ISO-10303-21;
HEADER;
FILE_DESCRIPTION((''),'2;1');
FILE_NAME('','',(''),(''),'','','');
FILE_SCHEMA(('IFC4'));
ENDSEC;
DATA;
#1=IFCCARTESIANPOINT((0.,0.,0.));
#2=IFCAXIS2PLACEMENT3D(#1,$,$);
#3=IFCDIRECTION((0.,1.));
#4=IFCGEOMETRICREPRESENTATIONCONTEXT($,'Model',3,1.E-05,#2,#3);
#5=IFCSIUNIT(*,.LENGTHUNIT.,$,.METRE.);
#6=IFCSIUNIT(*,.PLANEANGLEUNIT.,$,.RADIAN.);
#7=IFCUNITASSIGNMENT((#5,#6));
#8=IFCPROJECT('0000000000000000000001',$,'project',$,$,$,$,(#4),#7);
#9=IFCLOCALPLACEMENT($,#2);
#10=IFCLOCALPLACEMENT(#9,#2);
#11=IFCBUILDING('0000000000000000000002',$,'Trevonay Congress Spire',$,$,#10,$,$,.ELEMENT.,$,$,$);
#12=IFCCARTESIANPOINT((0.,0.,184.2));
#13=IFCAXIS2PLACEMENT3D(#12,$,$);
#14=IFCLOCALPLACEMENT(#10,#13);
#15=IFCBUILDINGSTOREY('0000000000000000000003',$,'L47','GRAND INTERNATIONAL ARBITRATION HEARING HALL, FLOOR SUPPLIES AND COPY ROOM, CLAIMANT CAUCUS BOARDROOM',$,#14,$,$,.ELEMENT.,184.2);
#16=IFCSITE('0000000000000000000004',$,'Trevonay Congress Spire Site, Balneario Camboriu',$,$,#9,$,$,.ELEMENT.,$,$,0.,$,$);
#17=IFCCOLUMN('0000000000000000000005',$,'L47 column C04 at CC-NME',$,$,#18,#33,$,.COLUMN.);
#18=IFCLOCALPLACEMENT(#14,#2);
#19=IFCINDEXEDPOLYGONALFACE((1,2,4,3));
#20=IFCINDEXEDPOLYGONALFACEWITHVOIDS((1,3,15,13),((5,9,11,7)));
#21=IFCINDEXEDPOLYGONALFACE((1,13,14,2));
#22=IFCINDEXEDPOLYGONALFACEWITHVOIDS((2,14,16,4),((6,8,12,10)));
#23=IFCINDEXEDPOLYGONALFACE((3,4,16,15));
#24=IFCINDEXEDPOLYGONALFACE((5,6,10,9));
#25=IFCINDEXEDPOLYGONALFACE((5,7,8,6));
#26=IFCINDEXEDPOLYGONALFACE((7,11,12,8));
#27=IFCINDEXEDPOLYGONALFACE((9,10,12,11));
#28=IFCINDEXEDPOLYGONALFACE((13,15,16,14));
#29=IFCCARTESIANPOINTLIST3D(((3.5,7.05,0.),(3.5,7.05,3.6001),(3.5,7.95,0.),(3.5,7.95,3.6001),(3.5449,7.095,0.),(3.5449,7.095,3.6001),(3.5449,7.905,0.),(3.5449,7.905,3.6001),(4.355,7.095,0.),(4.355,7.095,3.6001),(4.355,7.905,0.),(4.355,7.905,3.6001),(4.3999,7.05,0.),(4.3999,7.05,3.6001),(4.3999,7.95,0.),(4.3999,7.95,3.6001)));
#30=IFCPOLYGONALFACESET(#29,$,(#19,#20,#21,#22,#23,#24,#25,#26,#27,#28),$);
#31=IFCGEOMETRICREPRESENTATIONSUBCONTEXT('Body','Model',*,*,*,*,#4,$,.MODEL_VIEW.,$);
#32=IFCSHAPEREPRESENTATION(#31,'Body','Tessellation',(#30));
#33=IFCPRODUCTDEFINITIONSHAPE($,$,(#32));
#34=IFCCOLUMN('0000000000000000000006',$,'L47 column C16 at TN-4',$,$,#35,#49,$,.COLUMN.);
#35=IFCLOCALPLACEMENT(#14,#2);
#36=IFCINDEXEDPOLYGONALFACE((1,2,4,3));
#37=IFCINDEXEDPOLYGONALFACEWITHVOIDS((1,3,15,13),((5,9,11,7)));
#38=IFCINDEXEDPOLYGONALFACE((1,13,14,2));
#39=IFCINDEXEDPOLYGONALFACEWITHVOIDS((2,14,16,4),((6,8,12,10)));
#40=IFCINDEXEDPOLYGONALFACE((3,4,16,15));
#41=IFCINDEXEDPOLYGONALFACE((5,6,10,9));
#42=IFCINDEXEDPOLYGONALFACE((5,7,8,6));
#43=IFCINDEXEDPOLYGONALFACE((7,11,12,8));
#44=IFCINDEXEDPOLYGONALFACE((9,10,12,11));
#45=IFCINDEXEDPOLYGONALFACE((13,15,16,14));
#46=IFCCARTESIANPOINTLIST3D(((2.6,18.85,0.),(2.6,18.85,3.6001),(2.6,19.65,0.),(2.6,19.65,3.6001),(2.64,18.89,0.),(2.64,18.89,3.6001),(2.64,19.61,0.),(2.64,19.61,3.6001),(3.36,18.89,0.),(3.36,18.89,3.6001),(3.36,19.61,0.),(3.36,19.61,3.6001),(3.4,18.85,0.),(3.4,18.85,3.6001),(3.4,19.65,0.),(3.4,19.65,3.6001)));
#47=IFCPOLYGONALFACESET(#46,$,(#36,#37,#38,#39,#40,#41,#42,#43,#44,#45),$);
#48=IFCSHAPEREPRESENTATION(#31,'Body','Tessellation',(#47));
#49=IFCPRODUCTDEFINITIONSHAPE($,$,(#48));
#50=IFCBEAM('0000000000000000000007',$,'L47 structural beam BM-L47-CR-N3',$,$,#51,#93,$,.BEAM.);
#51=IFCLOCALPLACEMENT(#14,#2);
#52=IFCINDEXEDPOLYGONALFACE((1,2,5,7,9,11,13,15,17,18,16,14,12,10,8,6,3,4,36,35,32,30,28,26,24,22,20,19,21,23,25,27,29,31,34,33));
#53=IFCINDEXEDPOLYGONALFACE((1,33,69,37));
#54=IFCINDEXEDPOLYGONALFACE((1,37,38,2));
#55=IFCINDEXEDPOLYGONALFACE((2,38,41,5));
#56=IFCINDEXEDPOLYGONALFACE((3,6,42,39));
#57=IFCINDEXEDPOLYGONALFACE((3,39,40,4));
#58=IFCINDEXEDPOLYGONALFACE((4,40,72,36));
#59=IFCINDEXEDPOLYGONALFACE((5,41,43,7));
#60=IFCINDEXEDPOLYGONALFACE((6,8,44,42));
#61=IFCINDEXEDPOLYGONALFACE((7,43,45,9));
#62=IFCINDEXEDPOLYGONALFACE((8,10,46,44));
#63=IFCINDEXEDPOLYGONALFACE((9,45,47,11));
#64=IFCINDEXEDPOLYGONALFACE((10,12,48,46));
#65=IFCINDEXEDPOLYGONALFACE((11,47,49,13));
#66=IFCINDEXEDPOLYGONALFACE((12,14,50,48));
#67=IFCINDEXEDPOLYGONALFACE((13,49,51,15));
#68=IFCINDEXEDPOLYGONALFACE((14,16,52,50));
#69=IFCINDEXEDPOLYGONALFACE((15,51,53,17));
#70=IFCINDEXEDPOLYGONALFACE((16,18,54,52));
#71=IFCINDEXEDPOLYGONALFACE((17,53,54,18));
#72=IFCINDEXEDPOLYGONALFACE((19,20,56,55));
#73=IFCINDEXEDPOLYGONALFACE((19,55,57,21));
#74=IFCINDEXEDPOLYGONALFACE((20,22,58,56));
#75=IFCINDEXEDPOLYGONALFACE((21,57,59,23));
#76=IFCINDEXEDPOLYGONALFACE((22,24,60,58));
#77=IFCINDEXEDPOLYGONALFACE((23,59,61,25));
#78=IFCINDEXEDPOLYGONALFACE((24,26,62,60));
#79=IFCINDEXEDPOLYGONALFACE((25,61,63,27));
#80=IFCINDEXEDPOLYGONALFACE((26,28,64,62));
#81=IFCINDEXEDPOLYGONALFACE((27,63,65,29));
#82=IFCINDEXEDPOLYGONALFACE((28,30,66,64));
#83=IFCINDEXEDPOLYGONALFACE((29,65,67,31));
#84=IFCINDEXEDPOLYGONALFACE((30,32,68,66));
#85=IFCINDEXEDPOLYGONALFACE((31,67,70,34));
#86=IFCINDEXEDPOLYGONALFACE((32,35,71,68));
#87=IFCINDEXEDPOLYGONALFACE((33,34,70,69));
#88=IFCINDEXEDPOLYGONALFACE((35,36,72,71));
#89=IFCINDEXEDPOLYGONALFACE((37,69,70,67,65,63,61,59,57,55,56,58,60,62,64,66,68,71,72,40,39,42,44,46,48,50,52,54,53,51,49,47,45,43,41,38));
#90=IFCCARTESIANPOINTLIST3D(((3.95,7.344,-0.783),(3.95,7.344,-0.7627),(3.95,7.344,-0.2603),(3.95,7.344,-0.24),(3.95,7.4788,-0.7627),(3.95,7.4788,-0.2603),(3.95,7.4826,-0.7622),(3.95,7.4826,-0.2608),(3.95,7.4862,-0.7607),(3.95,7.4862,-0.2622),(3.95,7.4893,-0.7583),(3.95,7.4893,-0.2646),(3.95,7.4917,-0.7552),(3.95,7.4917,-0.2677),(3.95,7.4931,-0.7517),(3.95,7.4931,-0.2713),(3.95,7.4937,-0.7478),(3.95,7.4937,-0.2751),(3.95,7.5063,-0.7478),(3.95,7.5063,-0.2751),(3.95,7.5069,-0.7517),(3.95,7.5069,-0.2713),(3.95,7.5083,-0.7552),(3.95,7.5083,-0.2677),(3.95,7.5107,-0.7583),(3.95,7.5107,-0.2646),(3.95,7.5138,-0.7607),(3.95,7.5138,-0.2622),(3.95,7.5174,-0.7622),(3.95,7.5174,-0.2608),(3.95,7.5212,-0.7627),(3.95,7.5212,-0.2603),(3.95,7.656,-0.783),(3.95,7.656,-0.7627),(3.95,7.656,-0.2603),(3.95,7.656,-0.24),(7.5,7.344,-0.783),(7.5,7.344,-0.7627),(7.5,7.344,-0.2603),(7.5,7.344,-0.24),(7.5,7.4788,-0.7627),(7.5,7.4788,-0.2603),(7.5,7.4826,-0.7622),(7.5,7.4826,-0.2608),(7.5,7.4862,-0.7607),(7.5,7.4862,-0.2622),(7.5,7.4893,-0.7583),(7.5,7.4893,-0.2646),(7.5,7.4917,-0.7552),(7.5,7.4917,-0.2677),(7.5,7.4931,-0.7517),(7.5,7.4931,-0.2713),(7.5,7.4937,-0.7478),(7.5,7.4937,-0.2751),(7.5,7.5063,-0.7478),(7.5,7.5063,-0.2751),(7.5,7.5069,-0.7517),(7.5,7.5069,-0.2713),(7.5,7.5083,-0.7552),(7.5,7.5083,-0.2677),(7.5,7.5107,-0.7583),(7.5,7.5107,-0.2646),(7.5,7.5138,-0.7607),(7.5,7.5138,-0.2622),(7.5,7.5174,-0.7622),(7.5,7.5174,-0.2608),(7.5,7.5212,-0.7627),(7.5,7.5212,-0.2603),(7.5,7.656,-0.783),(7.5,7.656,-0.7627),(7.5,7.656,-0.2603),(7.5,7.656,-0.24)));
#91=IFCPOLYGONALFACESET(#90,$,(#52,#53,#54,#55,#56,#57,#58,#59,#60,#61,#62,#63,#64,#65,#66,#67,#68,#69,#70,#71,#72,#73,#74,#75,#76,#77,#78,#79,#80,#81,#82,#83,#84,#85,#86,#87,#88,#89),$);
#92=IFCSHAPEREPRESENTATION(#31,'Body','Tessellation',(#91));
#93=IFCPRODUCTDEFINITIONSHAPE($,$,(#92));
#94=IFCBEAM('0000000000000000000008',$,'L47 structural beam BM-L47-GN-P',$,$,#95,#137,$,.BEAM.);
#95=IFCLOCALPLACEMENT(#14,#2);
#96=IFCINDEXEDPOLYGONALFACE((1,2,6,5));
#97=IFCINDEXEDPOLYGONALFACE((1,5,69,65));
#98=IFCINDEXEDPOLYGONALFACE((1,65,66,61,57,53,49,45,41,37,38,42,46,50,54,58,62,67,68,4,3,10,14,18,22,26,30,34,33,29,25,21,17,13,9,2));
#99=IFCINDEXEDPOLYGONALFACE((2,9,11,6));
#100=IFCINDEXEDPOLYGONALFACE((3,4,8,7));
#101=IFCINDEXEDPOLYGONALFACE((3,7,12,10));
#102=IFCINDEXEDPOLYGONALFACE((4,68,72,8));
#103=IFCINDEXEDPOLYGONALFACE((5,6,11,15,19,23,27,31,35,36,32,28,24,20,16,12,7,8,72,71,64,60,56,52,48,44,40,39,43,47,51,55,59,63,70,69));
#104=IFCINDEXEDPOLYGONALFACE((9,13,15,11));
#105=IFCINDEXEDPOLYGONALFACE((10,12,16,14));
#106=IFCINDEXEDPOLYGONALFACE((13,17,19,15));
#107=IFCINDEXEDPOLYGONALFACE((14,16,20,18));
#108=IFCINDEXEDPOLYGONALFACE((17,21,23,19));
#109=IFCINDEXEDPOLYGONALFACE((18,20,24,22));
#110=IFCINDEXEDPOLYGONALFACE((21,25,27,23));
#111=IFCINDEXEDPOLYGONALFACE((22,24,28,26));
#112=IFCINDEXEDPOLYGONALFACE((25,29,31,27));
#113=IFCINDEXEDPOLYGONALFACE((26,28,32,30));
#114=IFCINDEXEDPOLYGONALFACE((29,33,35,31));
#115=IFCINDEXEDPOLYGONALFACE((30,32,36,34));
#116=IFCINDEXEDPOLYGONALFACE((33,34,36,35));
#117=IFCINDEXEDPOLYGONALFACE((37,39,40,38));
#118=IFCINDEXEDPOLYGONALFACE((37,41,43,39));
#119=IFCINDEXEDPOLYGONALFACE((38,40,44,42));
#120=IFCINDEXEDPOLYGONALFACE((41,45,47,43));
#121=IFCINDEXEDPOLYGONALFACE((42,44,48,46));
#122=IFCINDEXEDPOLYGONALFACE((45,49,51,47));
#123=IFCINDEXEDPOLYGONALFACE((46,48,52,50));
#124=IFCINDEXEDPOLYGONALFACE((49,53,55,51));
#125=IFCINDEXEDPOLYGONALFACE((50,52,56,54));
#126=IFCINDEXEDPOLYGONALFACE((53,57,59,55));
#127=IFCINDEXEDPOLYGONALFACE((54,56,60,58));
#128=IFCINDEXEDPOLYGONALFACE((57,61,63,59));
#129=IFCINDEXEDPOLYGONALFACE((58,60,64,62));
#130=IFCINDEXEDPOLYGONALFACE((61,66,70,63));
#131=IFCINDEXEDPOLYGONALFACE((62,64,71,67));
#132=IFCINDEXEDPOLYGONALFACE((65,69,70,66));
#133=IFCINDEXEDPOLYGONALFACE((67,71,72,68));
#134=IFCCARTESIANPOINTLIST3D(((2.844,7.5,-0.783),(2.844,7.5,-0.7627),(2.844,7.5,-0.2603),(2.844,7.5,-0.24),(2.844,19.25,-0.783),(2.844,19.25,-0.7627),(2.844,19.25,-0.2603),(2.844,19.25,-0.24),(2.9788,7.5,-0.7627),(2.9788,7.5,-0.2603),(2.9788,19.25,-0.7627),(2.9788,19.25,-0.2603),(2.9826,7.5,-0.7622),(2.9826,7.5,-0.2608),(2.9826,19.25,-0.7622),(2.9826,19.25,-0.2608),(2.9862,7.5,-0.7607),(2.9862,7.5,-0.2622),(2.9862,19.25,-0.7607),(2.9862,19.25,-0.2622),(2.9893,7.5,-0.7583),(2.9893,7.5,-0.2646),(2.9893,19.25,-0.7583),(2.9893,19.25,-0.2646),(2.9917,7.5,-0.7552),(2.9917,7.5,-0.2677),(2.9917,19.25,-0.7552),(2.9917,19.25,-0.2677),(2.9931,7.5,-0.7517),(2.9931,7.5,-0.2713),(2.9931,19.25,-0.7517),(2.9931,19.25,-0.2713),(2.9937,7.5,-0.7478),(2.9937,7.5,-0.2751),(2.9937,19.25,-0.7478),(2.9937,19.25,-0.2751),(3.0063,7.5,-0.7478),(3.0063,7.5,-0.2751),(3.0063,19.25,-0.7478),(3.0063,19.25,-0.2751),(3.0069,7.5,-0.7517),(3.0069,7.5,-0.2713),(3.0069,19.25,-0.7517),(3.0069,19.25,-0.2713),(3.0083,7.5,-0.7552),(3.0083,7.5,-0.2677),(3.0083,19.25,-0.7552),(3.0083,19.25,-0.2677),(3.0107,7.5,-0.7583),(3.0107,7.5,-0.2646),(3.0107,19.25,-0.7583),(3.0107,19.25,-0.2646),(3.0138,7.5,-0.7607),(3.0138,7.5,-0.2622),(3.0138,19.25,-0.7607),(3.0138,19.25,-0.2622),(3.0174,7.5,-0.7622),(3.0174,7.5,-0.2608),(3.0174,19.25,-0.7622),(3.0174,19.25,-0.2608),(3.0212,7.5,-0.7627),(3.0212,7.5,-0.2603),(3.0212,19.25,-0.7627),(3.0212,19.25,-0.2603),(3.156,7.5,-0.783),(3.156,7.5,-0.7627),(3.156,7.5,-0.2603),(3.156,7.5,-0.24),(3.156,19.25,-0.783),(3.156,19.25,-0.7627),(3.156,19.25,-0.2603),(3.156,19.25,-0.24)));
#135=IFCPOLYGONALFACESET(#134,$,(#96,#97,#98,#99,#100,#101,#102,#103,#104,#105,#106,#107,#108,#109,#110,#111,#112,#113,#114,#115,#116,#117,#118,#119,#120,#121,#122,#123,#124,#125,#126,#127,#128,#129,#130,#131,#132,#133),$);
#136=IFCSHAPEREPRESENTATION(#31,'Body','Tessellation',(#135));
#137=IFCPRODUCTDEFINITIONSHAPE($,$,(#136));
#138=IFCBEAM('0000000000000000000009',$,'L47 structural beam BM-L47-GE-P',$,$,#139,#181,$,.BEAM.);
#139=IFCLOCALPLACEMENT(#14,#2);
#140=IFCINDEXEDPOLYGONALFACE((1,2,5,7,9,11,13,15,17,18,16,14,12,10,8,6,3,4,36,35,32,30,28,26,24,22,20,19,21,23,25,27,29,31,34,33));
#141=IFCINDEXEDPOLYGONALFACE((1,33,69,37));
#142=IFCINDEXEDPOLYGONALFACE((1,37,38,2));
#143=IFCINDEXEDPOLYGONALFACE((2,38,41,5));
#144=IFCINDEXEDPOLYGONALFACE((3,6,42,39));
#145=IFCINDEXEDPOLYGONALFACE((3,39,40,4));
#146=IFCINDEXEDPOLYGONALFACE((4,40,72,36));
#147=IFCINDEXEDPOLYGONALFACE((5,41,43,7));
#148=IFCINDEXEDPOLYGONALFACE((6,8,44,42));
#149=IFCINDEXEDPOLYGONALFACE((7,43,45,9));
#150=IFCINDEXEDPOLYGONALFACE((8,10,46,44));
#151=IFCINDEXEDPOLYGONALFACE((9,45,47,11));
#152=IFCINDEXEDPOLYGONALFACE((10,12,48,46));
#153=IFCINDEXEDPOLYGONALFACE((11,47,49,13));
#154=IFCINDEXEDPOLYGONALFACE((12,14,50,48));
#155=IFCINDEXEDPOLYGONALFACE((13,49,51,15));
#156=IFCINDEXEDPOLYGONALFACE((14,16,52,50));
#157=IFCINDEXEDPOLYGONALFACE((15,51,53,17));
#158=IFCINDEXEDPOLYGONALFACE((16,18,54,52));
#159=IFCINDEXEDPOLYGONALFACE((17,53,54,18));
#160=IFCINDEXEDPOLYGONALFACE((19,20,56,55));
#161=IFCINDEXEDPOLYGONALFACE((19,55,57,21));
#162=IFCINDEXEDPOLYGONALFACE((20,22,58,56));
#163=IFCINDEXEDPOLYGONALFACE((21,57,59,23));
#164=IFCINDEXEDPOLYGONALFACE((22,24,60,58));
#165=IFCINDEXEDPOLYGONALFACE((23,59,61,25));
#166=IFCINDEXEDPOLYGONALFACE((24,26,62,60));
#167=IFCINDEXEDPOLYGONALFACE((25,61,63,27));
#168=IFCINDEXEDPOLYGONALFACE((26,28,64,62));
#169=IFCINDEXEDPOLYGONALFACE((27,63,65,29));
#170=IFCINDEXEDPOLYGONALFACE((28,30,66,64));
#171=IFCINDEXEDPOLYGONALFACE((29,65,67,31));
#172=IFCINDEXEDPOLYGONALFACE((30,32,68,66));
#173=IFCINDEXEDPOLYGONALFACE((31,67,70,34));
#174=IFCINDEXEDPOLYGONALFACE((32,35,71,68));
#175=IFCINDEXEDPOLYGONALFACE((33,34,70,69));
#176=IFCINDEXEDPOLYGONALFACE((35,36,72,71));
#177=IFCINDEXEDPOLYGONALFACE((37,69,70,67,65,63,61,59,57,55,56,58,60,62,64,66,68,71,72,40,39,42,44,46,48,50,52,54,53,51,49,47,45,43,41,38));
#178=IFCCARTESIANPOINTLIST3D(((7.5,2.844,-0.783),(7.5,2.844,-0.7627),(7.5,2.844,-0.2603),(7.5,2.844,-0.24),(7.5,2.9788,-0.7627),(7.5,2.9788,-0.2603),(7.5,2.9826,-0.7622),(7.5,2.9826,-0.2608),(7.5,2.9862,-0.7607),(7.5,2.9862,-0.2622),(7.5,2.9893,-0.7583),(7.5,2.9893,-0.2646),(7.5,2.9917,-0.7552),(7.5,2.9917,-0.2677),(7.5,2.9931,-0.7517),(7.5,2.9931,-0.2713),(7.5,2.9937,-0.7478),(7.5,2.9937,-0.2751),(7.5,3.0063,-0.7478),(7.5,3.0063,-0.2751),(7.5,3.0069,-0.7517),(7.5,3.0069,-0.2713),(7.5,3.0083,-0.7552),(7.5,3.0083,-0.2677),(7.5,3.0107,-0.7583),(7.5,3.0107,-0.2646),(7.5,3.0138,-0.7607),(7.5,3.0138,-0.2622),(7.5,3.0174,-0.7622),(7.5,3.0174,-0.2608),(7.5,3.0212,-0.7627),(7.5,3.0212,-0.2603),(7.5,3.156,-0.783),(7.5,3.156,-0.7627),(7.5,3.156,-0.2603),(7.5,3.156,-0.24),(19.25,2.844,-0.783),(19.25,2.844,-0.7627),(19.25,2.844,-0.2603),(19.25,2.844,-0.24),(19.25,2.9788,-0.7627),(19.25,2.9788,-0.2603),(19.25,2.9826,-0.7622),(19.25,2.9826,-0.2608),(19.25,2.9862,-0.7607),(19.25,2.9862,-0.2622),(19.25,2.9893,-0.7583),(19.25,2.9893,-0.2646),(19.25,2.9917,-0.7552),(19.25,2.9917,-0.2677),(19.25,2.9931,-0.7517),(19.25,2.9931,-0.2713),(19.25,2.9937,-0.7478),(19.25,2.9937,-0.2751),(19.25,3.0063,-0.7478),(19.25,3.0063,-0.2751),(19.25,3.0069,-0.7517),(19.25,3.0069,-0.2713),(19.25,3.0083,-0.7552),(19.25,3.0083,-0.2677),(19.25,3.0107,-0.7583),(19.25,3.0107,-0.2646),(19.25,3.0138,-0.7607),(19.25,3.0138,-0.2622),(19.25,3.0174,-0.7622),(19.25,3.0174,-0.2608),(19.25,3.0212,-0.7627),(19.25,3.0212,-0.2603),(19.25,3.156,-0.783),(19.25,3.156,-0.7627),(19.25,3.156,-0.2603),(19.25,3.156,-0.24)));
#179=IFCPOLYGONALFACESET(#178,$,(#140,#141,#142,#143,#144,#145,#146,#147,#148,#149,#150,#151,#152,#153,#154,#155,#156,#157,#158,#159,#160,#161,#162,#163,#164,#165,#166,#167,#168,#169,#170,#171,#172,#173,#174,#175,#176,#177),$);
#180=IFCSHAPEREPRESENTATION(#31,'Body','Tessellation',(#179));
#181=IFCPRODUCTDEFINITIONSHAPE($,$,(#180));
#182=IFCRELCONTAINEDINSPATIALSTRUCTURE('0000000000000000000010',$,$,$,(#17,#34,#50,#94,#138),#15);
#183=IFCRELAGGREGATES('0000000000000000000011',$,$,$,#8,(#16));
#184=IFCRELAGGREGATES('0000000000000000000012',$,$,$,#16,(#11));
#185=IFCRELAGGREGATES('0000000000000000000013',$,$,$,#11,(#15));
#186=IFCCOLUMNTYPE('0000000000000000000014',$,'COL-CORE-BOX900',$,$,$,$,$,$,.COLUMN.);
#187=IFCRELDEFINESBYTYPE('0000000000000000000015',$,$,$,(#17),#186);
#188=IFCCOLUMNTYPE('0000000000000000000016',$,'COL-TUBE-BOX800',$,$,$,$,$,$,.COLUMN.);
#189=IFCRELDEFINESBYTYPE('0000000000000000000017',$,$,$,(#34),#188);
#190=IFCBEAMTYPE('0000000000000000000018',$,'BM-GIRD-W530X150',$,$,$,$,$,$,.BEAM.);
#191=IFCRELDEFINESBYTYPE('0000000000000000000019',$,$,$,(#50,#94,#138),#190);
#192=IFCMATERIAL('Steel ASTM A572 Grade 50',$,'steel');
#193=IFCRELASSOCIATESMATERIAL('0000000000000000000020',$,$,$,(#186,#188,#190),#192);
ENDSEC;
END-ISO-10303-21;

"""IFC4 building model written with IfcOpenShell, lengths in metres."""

from ifc_helpers import new_model, si_unit, direction, frame, origin, origin_2d, place, context, subcontext, project, spatial, hollow_rectangle, i_section, extrude, material, material_profile, profile_set, type_object, element, save


model = new_model("IFC4")

# Units and contexts
model_context = context("Model", 3, precision=1e-05, world=origin(), true_north=direction((0.0, 1.0)))
body_context = subcontext(model_context, "Body", "Model", "MODEL_VIEW")
ifc_project = project(units=[si_unit("LENGTHUNIT", "METRE"), si_unit("PLANEANGLEUNIT", "RADIAN")], contexts=[model_context])

# Site, building, storey
site_placement = place(None, origin())
site = spatial("IfcSite", under=ifc_project, at=site_placement, Name="Trevonay Congress Spire Site, Balneario Camboriu", CompositionType="ELEMENT", RefElevation=0.0)
building_placement = place(site_placement, origin())
building = spatial("IfcBuilding", under=site, at=building_placement, Name="Trevonay Congress Spire", CompositionType="ELEMENT")
storey_placement = place(building_placement, frame((0.0, 0.0, 184.2)))
storey = spatial("IfcBuildingStorey", under=building, at=storey_placement, Name="L47", Description="GRAND INTERNATIONAL ARBITRATION HEARING HALL, FLOOR SUPPLIES AND COPY ROOM, CLAIMANT CAUCUS BOARDROOM", CompositionType="ELEMENT", Elevation=184.2)

# Columns
ifc_material_1 = material(Name="Steel ASTM A572 Grade 50", Category="steel")
ifc_material_profile_1 = material_profile(ifc_material_1, hollow_rectangle(XDim=0.8999, YDim=0.8999, WallThickness=0.0449, at=origin_2d()), Name="BOX 900x900x45")
ifc_profile_set_1 = profile_set([ifc_material_profile_1], Name="Steel ASTM A572 Grade 50")
column_type_1 = type_object("IfcColumnType", Name="COL-CORE-BOX900", PredefinedType="COLUMN", material=ifc_profile_set_1)
column_1_placement = place(storey_placement, frame((3.95, 7.5, 0.0), z_axis=(0.0, 0.0, 1.0), x_axis=(1.0, 0.0, 0.0)))
element("IfcColumn", 1, at=column_1_placement, inside=storey, type_object=column_type_1, Name="L47 column C04 at CC-NME", PredefinedType="COLUMN", context=body_context, shape_type="SweptSolid", body=[
    extrude(hollow_rectangle(XDim=0.8999, YDim=0.8999, WallThickness=0.0449, at=origin_2d()), origin(), (0.0, 0.0, 1.0), 3.6001),
])
ifc_material_profile_2 = material_profile(ifc_material_1, hollow_rectangle(XDim=0.8, YDim=0.8, WallThickness=0.04, at=origin_2d()), Name="BOX 800x800x40")
ifc_profile_set_2 = profile_set([ifc_material_profile_2], Name="Steel ASTM A572 Grade 50")
column_type_2 = type_object("IfcColumnType", Name="COL-TUBE-BOX800", PredefinedType="COLUMN", material=ifc_profile_set_2)
column_2_placement = place(storey_placement, frame((3.0, 19.25, 0.0), z_axis=(0.0, 0.0, 1.0), x_axis=(1.0, 0.0, 0.0)))
element("IfcColumn", 2, at=column_2_placement, inside=storey, type_object=column_type_2, Name="L47 column C16 at TN-4", PredefinedType="COLUMN", context=body_context, shape_type="SweptSolid", body=[
    extrude(hollow_rectangle(XDim=0.8, YDim=0.8, WallThickness=0.04, at=origin_2d()), origin(), (0.0, 0.0, 1.0), 3.6001),
])

# Beams
ifc_material_profile_3 = material_profile(ifc_material_1, i_section(OverallWidth=0.312, OverallDepth=0.543, WebThickness=0.0127, FlangeThickness=0.0203, FilletRadius=0.0149, at=origin_2d()), Name="W530x150")
ifc_profile_set_3 = profile_set([ifc_material_profile_3], Name="Steel ASTM A572 Grade 50")
beam_type_1 = type_object("IfcBeamType", Name="BM-GIRD-W530X150", PredefinedType="BEAM", material=ifc_profile_set_3)
beam_1_placement = place(storey_placement, frame((3.95, 7.5, -0.5115), z_axis=(1.0, 0.0, 0.0), x_axis=(0.0, 1.0, 0.0)))
element("IfcBeam", 3, at=beam_1_placement, inside=storey, type_object=beam_type_1, Name="L47 structural beam BM-L47-CR-N3", PredefinedType="BEAM", context=body_context, shape_type="SweptSolid", body=[
    extrude(i_section(OverallWidth=0.312, OverallDepth=0.543, WebThickness=0.0127, FlangeThickness=0.0203, FilletRadius=0.0149, at=origin_2d()), origin(), (0.0, 0.0, 1.0), 3.55),
])
for number, where, z_axis, x_axis, name in (
    (4, (3.0, 7.5, -0.5115), (0.0, 1.0, 0.0), (-1.0, 0.0, 0.0), "L47 structural beam BM-L47-GN-P"),
    (5, (7.5, 3.0, -0.5115), (1.0, 0.0, 0.0), (0.0, 1.0, 0.0), "L47 structural beam BM-L47-GE-P"),
):
    element("IfcBeam", number, at=place(storey_placement, frame(where, z_axis=z_axis, x_axis=x_axis)), inside=storey, type_object=beam_type_1, Name=name, PredefinedType="BEAM", context=body_context, shape_type="SweptSolid", body=[
        extrude(i_section(OverallWidth=0.312, OverallDepth=0.543, WebThickness=0.0127, FlangeThickness=0.0203, FilletRadius=0.0149, at=origin_2d()), origin(), (0.0, 0.0, 1.0), 11.75),
    ])

save(model, "model.ifc")
